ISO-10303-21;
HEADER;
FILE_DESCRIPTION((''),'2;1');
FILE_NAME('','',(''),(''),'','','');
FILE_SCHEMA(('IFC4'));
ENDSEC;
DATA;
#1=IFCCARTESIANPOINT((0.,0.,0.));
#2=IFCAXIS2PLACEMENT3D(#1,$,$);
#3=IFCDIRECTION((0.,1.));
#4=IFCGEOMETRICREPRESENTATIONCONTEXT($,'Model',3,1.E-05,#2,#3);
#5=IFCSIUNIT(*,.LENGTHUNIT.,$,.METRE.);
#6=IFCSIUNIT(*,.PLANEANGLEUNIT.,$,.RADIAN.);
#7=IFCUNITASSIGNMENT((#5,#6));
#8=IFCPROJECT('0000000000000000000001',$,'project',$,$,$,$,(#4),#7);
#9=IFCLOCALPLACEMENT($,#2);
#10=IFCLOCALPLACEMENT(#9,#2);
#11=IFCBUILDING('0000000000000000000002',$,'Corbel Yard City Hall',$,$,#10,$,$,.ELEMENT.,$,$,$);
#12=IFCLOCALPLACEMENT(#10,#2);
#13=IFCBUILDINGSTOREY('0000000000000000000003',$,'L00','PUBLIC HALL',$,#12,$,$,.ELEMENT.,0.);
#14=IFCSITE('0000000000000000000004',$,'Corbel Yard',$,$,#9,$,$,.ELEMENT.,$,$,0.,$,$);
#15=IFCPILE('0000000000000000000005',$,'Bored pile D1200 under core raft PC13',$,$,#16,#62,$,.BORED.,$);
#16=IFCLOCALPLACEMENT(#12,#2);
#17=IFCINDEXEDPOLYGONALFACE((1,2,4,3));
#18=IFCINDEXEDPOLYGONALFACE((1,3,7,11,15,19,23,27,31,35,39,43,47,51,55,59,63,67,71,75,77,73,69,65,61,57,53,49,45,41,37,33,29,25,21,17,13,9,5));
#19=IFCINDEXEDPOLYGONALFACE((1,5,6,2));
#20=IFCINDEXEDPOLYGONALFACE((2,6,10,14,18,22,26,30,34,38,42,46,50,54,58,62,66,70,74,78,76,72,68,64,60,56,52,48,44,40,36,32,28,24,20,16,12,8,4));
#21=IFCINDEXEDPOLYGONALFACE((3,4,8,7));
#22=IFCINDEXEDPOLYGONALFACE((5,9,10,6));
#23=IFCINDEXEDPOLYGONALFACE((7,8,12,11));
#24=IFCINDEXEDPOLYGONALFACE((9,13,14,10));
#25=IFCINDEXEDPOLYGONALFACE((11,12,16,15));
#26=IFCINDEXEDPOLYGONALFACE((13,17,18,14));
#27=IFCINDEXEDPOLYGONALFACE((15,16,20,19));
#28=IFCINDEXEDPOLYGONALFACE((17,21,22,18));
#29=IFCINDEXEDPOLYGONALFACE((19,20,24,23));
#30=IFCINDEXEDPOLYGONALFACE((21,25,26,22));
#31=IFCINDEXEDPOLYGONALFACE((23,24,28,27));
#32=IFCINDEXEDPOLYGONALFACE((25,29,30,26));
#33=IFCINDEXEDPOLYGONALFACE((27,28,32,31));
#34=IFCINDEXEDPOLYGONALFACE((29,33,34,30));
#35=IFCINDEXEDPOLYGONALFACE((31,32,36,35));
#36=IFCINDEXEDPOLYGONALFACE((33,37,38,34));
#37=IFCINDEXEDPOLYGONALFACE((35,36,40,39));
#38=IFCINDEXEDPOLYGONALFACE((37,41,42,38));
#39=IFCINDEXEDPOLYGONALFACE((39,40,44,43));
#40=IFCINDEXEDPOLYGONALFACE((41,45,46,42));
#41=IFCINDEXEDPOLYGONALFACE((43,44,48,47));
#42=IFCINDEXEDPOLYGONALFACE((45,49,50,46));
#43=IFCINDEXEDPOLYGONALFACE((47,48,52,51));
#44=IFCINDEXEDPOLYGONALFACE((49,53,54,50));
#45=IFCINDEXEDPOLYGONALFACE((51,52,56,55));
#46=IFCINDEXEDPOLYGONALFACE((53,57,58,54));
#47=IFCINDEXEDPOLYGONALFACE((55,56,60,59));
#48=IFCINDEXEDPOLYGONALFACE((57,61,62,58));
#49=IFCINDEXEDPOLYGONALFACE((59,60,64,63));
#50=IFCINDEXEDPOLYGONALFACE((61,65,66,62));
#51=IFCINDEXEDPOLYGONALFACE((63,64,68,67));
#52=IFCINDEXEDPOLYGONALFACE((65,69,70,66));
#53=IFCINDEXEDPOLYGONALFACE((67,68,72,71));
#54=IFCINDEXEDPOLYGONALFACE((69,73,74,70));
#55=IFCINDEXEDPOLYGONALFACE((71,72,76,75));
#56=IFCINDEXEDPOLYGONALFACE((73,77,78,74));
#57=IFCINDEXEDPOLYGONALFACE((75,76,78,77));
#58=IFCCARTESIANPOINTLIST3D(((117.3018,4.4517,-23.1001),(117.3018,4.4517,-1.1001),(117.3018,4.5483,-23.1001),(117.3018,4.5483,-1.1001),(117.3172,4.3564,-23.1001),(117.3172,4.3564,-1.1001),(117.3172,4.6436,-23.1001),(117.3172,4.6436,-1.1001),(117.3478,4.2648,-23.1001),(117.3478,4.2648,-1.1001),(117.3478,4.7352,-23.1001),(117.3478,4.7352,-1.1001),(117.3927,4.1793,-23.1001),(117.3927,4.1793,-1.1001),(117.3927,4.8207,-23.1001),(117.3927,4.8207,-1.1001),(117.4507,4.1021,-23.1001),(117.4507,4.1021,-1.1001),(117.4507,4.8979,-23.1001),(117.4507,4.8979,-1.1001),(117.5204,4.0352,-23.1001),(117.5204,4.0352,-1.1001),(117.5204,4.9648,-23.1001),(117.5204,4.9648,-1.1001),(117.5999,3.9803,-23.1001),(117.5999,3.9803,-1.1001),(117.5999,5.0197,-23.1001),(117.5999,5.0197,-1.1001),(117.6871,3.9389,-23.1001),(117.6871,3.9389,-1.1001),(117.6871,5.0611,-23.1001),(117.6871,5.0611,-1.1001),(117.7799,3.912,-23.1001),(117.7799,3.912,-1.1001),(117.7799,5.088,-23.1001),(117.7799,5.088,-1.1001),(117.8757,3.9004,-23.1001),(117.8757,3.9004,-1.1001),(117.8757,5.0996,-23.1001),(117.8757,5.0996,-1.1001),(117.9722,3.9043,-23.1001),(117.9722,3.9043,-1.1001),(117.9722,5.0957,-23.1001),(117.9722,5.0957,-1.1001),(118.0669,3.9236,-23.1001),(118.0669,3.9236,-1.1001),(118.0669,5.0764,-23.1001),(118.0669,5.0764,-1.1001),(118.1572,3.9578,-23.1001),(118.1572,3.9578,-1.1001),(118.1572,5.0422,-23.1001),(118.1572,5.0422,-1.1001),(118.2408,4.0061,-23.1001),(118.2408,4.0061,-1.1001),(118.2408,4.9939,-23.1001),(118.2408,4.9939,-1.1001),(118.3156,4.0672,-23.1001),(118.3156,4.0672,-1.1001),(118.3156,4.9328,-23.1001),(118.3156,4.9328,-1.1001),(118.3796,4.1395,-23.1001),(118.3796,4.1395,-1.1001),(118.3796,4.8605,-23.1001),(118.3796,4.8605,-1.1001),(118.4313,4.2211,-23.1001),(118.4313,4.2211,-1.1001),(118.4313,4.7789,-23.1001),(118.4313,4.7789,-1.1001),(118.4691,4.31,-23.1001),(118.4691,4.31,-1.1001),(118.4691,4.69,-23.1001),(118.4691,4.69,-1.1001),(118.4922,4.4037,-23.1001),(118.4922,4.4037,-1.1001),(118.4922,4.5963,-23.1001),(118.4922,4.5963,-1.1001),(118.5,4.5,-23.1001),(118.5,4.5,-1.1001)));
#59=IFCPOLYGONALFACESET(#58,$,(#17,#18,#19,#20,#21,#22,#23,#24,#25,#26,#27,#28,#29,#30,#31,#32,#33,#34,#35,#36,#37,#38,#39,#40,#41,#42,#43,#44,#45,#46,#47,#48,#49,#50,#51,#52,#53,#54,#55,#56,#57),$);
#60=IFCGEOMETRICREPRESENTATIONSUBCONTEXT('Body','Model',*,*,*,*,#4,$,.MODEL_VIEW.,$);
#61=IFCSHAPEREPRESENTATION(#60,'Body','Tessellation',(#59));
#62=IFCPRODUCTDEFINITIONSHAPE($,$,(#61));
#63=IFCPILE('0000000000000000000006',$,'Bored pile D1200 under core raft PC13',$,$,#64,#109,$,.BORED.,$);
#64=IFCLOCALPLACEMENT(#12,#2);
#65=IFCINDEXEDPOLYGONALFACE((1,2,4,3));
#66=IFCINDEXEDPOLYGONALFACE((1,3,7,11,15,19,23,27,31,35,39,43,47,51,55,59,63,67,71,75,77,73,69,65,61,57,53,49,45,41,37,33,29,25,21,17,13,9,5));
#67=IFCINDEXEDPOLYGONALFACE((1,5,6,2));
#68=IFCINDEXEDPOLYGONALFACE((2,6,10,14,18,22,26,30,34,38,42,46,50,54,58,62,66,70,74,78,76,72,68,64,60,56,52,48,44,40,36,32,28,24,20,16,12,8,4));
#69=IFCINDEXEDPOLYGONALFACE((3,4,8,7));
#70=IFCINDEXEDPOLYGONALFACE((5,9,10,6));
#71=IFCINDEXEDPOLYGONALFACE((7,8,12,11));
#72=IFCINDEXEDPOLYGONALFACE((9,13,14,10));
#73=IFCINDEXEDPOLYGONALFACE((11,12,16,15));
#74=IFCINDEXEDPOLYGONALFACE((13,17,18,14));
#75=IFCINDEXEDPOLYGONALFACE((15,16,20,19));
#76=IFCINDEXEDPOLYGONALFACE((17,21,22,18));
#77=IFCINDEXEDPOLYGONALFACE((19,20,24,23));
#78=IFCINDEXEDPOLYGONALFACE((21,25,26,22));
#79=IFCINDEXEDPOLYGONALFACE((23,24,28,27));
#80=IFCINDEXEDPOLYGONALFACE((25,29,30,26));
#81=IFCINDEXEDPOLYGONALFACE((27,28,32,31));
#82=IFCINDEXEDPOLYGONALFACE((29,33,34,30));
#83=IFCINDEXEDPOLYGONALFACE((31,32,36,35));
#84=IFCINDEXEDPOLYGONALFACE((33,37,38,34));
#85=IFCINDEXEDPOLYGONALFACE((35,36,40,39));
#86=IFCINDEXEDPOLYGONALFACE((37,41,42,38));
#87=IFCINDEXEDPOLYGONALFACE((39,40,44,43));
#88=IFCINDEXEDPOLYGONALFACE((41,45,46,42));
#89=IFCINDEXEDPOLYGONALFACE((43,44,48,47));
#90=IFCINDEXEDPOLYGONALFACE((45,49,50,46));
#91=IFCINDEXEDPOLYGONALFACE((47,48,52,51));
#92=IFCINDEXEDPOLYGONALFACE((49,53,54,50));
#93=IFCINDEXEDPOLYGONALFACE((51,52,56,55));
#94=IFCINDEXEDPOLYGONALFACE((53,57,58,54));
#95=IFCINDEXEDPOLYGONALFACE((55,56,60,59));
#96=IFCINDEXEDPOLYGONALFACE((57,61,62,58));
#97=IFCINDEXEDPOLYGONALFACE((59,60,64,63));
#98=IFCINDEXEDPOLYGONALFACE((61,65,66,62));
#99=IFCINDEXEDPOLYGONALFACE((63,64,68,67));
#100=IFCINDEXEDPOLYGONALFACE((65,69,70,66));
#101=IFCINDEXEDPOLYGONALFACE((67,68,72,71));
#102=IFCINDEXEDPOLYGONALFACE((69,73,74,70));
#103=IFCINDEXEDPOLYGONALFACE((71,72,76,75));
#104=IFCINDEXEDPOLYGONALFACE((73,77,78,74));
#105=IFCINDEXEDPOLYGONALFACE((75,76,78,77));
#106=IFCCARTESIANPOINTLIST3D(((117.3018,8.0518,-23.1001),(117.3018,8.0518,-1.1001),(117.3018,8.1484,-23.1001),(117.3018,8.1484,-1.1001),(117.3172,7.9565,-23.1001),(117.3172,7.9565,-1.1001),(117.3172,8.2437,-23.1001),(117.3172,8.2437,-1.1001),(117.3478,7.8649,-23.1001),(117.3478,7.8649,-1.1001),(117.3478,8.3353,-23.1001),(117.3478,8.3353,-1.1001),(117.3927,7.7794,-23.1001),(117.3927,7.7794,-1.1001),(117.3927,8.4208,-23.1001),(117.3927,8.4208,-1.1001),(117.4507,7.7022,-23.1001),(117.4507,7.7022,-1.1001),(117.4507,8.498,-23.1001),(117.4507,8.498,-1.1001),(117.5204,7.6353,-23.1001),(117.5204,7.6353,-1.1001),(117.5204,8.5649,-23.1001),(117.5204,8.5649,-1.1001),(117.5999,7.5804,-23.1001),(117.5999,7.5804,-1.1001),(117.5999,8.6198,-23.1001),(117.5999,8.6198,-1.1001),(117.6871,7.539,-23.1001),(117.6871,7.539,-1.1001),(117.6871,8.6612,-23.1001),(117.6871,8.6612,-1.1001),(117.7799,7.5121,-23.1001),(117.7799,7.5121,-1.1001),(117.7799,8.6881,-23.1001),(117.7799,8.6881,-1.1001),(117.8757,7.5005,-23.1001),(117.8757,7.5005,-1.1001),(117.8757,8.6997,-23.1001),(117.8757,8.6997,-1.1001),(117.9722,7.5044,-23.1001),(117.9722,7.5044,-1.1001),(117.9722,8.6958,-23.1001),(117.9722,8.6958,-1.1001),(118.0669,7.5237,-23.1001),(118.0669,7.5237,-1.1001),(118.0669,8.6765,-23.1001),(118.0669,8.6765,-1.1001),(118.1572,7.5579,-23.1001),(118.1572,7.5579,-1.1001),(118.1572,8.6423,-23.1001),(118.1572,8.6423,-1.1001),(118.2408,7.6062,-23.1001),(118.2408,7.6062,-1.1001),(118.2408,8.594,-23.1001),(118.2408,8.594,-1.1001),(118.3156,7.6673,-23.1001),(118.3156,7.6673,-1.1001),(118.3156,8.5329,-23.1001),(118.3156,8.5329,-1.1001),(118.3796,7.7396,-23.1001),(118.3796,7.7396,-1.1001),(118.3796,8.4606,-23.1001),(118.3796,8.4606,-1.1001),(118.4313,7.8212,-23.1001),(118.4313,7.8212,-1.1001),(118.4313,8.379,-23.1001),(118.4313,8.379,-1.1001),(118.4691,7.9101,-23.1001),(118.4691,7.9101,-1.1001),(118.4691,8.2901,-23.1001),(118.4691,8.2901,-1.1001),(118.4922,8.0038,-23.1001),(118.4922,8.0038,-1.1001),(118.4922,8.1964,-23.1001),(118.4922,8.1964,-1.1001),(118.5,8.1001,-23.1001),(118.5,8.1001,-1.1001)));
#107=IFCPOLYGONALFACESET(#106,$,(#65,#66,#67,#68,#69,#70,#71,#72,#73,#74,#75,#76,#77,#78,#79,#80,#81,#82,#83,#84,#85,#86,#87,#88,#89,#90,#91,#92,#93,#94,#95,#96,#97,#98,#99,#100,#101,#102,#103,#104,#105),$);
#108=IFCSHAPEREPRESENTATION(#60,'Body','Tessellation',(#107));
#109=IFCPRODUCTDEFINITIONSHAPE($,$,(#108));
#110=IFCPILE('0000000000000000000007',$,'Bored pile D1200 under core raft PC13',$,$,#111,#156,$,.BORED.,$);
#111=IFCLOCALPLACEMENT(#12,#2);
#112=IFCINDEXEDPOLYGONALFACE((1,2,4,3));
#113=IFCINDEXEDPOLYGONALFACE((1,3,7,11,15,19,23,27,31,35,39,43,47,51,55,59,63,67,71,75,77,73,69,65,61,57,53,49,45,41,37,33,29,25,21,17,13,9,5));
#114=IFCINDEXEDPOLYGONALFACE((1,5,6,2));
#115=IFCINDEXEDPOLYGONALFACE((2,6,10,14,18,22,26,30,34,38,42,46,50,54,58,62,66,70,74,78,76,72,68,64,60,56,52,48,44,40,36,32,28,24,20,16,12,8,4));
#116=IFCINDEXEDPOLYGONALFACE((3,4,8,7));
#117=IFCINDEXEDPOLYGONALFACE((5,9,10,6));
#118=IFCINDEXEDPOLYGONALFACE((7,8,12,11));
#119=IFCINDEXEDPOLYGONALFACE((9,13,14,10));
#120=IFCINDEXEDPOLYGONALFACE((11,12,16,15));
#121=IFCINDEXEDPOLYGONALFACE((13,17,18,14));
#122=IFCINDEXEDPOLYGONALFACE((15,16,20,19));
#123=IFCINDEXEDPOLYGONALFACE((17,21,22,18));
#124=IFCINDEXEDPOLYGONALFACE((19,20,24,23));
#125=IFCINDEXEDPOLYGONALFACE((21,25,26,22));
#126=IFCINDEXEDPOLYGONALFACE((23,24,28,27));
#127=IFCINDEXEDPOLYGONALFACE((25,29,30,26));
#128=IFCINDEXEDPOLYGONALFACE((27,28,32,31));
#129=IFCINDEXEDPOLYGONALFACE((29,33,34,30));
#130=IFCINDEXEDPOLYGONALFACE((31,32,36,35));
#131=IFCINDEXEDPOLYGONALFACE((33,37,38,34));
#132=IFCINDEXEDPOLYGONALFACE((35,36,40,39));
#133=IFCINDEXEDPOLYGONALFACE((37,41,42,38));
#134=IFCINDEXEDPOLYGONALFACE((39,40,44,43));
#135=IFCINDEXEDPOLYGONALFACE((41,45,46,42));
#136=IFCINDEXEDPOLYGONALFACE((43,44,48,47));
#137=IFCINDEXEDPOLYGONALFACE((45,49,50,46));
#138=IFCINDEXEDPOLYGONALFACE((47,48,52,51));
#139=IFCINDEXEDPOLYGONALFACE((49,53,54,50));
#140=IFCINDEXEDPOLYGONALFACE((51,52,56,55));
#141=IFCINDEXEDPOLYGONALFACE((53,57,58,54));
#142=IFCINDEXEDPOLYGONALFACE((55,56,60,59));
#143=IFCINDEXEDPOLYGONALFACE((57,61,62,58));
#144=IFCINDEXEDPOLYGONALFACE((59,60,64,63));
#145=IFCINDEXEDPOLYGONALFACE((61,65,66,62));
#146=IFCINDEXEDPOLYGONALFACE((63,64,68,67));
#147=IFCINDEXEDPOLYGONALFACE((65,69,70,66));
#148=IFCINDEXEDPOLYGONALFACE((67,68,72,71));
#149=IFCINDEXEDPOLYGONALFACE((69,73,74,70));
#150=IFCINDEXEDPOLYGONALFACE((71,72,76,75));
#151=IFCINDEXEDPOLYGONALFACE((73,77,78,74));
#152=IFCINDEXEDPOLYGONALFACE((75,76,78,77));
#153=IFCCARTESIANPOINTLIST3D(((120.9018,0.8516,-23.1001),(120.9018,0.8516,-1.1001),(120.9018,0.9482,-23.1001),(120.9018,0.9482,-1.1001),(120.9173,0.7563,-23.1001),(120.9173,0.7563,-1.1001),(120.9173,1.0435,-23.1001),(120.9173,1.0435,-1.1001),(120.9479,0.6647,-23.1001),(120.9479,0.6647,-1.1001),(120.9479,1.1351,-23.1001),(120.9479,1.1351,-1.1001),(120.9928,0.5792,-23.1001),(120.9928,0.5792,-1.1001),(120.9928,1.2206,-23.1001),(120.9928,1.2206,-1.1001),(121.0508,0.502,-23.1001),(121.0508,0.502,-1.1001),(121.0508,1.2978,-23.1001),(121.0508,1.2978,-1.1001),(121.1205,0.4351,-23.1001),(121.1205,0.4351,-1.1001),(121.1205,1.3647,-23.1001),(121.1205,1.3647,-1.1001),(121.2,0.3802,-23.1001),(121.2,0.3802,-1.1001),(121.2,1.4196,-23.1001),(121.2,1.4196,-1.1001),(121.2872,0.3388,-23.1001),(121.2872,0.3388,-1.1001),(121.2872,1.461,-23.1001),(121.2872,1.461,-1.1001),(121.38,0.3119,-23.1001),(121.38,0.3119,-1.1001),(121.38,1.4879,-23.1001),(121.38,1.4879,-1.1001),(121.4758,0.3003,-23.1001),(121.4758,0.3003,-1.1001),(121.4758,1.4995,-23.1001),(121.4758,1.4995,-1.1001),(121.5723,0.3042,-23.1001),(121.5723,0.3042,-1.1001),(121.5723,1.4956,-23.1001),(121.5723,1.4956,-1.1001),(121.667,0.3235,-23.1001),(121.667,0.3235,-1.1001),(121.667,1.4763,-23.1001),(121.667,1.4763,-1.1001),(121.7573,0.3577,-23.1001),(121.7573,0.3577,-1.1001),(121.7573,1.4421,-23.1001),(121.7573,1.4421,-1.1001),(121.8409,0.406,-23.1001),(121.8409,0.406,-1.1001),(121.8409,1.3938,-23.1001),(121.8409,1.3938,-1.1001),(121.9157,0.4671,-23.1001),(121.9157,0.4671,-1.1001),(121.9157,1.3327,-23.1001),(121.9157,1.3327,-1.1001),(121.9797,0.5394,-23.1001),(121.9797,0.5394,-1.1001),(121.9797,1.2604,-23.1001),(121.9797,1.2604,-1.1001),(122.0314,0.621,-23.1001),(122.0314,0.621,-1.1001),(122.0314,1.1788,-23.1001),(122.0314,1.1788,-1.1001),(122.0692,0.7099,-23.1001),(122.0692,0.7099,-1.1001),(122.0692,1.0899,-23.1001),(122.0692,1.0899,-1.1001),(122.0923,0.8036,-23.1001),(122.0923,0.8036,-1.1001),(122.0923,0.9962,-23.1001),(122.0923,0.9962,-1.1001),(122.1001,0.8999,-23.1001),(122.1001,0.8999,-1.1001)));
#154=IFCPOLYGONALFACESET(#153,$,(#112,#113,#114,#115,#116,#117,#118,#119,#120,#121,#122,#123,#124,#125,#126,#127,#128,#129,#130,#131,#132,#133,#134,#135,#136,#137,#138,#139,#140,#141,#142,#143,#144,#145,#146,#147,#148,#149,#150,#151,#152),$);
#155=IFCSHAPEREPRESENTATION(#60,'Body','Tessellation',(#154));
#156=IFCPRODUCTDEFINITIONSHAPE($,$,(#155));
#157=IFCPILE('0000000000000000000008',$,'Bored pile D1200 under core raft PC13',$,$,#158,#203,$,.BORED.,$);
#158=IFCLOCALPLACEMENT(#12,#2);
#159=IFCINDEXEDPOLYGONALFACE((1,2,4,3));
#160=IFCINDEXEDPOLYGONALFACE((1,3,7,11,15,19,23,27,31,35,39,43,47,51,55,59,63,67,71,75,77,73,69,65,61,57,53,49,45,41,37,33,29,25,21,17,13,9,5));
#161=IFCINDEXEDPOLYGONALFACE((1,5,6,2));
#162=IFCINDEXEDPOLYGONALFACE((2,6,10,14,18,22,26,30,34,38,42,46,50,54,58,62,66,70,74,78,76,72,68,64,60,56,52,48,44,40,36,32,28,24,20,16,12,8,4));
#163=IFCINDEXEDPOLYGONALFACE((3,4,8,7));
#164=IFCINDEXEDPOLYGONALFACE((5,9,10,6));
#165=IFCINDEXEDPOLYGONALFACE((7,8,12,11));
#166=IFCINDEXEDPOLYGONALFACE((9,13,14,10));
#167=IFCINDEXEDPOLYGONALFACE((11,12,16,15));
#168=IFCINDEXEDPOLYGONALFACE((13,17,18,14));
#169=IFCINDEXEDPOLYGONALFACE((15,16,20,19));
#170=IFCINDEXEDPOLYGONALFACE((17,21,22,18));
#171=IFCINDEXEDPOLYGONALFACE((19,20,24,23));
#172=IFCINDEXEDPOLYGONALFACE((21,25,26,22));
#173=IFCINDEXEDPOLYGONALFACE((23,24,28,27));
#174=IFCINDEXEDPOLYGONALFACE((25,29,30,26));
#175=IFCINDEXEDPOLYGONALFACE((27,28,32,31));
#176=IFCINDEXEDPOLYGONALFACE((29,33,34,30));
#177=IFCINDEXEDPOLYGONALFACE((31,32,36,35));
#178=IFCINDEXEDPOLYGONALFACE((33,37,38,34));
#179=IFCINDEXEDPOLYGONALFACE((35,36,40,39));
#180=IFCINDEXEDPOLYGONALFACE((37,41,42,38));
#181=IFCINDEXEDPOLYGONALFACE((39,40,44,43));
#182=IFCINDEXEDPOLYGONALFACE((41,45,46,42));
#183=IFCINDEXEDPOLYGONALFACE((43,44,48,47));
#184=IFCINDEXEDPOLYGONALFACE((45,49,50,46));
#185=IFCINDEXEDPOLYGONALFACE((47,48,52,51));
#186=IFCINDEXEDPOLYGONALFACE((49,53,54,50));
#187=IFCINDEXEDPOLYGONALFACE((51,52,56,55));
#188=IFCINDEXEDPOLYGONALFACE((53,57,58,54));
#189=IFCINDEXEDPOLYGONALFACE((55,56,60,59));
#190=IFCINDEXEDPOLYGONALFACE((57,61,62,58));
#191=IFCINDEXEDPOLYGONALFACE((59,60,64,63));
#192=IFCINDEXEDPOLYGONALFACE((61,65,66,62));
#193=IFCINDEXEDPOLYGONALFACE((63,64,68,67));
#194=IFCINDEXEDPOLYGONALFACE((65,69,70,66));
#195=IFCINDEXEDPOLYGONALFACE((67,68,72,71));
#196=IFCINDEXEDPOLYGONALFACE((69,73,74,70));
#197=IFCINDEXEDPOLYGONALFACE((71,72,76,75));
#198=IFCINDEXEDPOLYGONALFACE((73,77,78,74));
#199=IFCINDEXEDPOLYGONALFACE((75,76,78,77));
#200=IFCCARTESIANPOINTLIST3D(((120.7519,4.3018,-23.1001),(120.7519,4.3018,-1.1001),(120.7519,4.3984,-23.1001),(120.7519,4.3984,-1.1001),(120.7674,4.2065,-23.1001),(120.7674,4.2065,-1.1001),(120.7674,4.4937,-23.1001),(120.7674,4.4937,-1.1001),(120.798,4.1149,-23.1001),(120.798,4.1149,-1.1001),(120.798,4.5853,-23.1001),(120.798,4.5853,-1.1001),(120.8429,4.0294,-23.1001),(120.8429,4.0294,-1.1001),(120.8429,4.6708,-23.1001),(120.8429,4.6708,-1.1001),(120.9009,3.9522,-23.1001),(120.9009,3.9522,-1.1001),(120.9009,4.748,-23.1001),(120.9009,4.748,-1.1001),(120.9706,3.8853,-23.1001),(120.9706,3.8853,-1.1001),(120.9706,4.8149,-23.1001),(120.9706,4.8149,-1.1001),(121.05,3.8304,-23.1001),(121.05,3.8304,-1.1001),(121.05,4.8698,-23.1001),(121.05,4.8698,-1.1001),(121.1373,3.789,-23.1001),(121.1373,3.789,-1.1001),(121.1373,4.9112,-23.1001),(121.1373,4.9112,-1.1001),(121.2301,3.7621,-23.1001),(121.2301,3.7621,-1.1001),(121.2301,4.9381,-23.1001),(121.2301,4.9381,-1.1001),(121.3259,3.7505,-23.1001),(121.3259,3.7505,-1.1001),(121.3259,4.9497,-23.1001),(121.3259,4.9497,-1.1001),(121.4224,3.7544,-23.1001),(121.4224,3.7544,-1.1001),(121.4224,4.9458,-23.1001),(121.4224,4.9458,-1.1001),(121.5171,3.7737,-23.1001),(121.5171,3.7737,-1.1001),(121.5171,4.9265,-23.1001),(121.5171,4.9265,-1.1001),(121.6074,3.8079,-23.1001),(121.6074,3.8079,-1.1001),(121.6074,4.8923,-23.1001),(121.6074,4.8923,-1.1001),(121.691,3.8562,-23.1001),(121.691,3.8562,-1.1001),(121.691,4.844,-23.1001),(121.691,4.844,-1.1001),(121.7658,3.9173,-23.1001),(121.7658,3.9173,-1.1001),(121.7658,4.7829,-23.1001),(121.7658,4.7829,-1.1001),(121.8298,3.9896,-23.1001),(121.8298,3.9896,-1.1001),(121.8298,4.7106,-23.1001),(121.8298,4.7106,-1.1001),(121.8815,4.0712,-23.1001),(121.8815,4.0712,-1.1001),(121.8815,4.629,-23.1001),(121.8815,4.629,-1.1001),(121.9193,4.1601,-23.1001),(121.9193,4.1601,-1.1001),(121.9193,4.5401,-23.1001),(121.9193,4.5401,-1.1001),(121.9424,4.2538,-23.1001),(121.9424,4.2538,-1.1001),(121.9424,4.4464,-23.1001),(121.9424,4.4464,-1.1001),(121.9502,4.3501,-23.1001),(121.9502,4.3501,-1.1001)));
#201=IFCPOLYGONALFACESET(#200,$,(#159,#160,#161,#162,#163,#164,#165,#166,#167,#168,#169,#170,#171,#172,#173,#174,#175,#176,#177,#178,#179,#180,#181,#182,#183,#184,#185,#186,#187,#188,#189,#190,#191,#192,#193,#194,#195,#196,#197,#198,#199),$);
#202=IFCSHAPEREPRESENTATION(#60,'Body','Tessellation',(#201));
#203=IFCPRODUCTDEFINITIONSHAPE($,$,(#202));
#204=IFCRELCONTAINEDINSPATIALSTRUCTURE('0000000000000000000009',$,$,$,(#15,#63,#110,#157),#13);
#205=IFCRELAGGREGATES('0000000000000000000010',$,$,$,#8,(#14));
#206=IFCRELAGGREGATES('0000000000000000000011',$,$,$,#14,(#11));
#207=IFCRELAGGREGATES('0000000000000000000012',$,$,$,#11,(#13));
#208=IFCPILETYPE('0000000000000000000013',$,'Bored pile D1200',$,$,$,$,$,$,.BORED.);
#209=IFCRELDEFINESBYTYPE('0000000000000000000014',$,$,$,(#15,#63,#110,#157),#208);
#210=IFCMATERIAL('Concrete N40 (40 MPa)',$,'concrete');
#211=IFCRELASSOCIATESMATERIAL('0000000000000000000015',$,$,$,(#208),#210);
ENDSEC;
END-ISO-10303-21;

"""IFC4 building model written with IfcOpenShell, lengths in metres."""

from ifc_helpers import new_model, si_unit, direction, frame, origin, origin_2d, place, context, subcontext, project, spatial, circle, extrude, material, material_profile, profile_set, type_object, element, save


model = new_model("IFC4")

# Units and contexts
model_context = context("Model", 3, precision=1e-05, world=origin(), true_north=direction((0.0, 1.0)))
body_context = subcontext(model_context, "Body", "Model", "MODEL_VIEW")
ifc_project = project(units=[si_unit("LENGTHUNIT", "METRE"), si_unit("PLANEANGLEUNIT", "RADIAN")], contexts=[model_context])

# Site, building, storey
site_placement = place(None, origin())
site = spatial("IfcSite", under=ifc_project, at=site_placement, Name="Corbel Yard", CompositionType="ELEMENT", RefElevation=0.0)
building_placement = place(site_placement, origin())
building = spatial("IfcBuilding", under=site, at=building_placement, Name="Corbel Yard City Hall", CompositionType="ELEMENT")
storey_placement = place(building_placement, origin())
storey = spatial("IfcBuildingStorey", under=building, at=storey_placement, Name="L00", Description="PUBLIC HALL", CompositionType="ELEMENT", Elevation=0.0)

# Piles
ifc_material_1 = material(Name="Concrete N40 (40 MPa)", Category="concrete")
ifc_material_profile = material_profile(ifc_material_1, circle(Radius=0.6001, at=origin_2d()), Name="D1200")
ifc_profile_set = profile_set([ifc_material_profile], Name="Concrete N40 (40 MPa)")
pile_type = type_object("IfcPileType", Name="Bored pile D1200", PredefinedType="BORED", material=ifc_profile_set)
for number, where, z_axis, x_axis, name in (
    (1, (117.8999, 4.5, -1.1001), (0.0, 0.0, -1.0), (1.0, 0.0, 0.0), "Bored pile D1200 under core raft PC13"),
    (2, (117.8999, 8.1001, -1.1001), (0.0, 0.0, -1.0), (1.0, 0.0, 0.0), "Bored pile D1200 under core raft PC13"),
    (3, (121.5, 0.8999, -1.1001), (0.0, 0.0, -1.0), (1.0, 0.0, 0.0), "Bored pile D1200 under core raft PC13"),
    (4, (121.3501, 4.3501, -1.1001), (0.0, 0.0, -1.0), (1.0, 0.0, 0.0), "Bored pile D1200 under core raft PC13"),
):
    element("IfcPile", number, at=place(storey_placement, frame(where, z_axis=z_axis, x_axis=x_axis)), inside=storey, type_object=pile_type, Name=name, PredefinedType="BORED", context=body_context, shape_type="SweptSolid", body=[
        extrude(circle(Radius=0.6001, at=origin_2d()), origin(), (0.0, 0.0, 1.0), 22.0),
    ])

save(model, "model.ifc")
